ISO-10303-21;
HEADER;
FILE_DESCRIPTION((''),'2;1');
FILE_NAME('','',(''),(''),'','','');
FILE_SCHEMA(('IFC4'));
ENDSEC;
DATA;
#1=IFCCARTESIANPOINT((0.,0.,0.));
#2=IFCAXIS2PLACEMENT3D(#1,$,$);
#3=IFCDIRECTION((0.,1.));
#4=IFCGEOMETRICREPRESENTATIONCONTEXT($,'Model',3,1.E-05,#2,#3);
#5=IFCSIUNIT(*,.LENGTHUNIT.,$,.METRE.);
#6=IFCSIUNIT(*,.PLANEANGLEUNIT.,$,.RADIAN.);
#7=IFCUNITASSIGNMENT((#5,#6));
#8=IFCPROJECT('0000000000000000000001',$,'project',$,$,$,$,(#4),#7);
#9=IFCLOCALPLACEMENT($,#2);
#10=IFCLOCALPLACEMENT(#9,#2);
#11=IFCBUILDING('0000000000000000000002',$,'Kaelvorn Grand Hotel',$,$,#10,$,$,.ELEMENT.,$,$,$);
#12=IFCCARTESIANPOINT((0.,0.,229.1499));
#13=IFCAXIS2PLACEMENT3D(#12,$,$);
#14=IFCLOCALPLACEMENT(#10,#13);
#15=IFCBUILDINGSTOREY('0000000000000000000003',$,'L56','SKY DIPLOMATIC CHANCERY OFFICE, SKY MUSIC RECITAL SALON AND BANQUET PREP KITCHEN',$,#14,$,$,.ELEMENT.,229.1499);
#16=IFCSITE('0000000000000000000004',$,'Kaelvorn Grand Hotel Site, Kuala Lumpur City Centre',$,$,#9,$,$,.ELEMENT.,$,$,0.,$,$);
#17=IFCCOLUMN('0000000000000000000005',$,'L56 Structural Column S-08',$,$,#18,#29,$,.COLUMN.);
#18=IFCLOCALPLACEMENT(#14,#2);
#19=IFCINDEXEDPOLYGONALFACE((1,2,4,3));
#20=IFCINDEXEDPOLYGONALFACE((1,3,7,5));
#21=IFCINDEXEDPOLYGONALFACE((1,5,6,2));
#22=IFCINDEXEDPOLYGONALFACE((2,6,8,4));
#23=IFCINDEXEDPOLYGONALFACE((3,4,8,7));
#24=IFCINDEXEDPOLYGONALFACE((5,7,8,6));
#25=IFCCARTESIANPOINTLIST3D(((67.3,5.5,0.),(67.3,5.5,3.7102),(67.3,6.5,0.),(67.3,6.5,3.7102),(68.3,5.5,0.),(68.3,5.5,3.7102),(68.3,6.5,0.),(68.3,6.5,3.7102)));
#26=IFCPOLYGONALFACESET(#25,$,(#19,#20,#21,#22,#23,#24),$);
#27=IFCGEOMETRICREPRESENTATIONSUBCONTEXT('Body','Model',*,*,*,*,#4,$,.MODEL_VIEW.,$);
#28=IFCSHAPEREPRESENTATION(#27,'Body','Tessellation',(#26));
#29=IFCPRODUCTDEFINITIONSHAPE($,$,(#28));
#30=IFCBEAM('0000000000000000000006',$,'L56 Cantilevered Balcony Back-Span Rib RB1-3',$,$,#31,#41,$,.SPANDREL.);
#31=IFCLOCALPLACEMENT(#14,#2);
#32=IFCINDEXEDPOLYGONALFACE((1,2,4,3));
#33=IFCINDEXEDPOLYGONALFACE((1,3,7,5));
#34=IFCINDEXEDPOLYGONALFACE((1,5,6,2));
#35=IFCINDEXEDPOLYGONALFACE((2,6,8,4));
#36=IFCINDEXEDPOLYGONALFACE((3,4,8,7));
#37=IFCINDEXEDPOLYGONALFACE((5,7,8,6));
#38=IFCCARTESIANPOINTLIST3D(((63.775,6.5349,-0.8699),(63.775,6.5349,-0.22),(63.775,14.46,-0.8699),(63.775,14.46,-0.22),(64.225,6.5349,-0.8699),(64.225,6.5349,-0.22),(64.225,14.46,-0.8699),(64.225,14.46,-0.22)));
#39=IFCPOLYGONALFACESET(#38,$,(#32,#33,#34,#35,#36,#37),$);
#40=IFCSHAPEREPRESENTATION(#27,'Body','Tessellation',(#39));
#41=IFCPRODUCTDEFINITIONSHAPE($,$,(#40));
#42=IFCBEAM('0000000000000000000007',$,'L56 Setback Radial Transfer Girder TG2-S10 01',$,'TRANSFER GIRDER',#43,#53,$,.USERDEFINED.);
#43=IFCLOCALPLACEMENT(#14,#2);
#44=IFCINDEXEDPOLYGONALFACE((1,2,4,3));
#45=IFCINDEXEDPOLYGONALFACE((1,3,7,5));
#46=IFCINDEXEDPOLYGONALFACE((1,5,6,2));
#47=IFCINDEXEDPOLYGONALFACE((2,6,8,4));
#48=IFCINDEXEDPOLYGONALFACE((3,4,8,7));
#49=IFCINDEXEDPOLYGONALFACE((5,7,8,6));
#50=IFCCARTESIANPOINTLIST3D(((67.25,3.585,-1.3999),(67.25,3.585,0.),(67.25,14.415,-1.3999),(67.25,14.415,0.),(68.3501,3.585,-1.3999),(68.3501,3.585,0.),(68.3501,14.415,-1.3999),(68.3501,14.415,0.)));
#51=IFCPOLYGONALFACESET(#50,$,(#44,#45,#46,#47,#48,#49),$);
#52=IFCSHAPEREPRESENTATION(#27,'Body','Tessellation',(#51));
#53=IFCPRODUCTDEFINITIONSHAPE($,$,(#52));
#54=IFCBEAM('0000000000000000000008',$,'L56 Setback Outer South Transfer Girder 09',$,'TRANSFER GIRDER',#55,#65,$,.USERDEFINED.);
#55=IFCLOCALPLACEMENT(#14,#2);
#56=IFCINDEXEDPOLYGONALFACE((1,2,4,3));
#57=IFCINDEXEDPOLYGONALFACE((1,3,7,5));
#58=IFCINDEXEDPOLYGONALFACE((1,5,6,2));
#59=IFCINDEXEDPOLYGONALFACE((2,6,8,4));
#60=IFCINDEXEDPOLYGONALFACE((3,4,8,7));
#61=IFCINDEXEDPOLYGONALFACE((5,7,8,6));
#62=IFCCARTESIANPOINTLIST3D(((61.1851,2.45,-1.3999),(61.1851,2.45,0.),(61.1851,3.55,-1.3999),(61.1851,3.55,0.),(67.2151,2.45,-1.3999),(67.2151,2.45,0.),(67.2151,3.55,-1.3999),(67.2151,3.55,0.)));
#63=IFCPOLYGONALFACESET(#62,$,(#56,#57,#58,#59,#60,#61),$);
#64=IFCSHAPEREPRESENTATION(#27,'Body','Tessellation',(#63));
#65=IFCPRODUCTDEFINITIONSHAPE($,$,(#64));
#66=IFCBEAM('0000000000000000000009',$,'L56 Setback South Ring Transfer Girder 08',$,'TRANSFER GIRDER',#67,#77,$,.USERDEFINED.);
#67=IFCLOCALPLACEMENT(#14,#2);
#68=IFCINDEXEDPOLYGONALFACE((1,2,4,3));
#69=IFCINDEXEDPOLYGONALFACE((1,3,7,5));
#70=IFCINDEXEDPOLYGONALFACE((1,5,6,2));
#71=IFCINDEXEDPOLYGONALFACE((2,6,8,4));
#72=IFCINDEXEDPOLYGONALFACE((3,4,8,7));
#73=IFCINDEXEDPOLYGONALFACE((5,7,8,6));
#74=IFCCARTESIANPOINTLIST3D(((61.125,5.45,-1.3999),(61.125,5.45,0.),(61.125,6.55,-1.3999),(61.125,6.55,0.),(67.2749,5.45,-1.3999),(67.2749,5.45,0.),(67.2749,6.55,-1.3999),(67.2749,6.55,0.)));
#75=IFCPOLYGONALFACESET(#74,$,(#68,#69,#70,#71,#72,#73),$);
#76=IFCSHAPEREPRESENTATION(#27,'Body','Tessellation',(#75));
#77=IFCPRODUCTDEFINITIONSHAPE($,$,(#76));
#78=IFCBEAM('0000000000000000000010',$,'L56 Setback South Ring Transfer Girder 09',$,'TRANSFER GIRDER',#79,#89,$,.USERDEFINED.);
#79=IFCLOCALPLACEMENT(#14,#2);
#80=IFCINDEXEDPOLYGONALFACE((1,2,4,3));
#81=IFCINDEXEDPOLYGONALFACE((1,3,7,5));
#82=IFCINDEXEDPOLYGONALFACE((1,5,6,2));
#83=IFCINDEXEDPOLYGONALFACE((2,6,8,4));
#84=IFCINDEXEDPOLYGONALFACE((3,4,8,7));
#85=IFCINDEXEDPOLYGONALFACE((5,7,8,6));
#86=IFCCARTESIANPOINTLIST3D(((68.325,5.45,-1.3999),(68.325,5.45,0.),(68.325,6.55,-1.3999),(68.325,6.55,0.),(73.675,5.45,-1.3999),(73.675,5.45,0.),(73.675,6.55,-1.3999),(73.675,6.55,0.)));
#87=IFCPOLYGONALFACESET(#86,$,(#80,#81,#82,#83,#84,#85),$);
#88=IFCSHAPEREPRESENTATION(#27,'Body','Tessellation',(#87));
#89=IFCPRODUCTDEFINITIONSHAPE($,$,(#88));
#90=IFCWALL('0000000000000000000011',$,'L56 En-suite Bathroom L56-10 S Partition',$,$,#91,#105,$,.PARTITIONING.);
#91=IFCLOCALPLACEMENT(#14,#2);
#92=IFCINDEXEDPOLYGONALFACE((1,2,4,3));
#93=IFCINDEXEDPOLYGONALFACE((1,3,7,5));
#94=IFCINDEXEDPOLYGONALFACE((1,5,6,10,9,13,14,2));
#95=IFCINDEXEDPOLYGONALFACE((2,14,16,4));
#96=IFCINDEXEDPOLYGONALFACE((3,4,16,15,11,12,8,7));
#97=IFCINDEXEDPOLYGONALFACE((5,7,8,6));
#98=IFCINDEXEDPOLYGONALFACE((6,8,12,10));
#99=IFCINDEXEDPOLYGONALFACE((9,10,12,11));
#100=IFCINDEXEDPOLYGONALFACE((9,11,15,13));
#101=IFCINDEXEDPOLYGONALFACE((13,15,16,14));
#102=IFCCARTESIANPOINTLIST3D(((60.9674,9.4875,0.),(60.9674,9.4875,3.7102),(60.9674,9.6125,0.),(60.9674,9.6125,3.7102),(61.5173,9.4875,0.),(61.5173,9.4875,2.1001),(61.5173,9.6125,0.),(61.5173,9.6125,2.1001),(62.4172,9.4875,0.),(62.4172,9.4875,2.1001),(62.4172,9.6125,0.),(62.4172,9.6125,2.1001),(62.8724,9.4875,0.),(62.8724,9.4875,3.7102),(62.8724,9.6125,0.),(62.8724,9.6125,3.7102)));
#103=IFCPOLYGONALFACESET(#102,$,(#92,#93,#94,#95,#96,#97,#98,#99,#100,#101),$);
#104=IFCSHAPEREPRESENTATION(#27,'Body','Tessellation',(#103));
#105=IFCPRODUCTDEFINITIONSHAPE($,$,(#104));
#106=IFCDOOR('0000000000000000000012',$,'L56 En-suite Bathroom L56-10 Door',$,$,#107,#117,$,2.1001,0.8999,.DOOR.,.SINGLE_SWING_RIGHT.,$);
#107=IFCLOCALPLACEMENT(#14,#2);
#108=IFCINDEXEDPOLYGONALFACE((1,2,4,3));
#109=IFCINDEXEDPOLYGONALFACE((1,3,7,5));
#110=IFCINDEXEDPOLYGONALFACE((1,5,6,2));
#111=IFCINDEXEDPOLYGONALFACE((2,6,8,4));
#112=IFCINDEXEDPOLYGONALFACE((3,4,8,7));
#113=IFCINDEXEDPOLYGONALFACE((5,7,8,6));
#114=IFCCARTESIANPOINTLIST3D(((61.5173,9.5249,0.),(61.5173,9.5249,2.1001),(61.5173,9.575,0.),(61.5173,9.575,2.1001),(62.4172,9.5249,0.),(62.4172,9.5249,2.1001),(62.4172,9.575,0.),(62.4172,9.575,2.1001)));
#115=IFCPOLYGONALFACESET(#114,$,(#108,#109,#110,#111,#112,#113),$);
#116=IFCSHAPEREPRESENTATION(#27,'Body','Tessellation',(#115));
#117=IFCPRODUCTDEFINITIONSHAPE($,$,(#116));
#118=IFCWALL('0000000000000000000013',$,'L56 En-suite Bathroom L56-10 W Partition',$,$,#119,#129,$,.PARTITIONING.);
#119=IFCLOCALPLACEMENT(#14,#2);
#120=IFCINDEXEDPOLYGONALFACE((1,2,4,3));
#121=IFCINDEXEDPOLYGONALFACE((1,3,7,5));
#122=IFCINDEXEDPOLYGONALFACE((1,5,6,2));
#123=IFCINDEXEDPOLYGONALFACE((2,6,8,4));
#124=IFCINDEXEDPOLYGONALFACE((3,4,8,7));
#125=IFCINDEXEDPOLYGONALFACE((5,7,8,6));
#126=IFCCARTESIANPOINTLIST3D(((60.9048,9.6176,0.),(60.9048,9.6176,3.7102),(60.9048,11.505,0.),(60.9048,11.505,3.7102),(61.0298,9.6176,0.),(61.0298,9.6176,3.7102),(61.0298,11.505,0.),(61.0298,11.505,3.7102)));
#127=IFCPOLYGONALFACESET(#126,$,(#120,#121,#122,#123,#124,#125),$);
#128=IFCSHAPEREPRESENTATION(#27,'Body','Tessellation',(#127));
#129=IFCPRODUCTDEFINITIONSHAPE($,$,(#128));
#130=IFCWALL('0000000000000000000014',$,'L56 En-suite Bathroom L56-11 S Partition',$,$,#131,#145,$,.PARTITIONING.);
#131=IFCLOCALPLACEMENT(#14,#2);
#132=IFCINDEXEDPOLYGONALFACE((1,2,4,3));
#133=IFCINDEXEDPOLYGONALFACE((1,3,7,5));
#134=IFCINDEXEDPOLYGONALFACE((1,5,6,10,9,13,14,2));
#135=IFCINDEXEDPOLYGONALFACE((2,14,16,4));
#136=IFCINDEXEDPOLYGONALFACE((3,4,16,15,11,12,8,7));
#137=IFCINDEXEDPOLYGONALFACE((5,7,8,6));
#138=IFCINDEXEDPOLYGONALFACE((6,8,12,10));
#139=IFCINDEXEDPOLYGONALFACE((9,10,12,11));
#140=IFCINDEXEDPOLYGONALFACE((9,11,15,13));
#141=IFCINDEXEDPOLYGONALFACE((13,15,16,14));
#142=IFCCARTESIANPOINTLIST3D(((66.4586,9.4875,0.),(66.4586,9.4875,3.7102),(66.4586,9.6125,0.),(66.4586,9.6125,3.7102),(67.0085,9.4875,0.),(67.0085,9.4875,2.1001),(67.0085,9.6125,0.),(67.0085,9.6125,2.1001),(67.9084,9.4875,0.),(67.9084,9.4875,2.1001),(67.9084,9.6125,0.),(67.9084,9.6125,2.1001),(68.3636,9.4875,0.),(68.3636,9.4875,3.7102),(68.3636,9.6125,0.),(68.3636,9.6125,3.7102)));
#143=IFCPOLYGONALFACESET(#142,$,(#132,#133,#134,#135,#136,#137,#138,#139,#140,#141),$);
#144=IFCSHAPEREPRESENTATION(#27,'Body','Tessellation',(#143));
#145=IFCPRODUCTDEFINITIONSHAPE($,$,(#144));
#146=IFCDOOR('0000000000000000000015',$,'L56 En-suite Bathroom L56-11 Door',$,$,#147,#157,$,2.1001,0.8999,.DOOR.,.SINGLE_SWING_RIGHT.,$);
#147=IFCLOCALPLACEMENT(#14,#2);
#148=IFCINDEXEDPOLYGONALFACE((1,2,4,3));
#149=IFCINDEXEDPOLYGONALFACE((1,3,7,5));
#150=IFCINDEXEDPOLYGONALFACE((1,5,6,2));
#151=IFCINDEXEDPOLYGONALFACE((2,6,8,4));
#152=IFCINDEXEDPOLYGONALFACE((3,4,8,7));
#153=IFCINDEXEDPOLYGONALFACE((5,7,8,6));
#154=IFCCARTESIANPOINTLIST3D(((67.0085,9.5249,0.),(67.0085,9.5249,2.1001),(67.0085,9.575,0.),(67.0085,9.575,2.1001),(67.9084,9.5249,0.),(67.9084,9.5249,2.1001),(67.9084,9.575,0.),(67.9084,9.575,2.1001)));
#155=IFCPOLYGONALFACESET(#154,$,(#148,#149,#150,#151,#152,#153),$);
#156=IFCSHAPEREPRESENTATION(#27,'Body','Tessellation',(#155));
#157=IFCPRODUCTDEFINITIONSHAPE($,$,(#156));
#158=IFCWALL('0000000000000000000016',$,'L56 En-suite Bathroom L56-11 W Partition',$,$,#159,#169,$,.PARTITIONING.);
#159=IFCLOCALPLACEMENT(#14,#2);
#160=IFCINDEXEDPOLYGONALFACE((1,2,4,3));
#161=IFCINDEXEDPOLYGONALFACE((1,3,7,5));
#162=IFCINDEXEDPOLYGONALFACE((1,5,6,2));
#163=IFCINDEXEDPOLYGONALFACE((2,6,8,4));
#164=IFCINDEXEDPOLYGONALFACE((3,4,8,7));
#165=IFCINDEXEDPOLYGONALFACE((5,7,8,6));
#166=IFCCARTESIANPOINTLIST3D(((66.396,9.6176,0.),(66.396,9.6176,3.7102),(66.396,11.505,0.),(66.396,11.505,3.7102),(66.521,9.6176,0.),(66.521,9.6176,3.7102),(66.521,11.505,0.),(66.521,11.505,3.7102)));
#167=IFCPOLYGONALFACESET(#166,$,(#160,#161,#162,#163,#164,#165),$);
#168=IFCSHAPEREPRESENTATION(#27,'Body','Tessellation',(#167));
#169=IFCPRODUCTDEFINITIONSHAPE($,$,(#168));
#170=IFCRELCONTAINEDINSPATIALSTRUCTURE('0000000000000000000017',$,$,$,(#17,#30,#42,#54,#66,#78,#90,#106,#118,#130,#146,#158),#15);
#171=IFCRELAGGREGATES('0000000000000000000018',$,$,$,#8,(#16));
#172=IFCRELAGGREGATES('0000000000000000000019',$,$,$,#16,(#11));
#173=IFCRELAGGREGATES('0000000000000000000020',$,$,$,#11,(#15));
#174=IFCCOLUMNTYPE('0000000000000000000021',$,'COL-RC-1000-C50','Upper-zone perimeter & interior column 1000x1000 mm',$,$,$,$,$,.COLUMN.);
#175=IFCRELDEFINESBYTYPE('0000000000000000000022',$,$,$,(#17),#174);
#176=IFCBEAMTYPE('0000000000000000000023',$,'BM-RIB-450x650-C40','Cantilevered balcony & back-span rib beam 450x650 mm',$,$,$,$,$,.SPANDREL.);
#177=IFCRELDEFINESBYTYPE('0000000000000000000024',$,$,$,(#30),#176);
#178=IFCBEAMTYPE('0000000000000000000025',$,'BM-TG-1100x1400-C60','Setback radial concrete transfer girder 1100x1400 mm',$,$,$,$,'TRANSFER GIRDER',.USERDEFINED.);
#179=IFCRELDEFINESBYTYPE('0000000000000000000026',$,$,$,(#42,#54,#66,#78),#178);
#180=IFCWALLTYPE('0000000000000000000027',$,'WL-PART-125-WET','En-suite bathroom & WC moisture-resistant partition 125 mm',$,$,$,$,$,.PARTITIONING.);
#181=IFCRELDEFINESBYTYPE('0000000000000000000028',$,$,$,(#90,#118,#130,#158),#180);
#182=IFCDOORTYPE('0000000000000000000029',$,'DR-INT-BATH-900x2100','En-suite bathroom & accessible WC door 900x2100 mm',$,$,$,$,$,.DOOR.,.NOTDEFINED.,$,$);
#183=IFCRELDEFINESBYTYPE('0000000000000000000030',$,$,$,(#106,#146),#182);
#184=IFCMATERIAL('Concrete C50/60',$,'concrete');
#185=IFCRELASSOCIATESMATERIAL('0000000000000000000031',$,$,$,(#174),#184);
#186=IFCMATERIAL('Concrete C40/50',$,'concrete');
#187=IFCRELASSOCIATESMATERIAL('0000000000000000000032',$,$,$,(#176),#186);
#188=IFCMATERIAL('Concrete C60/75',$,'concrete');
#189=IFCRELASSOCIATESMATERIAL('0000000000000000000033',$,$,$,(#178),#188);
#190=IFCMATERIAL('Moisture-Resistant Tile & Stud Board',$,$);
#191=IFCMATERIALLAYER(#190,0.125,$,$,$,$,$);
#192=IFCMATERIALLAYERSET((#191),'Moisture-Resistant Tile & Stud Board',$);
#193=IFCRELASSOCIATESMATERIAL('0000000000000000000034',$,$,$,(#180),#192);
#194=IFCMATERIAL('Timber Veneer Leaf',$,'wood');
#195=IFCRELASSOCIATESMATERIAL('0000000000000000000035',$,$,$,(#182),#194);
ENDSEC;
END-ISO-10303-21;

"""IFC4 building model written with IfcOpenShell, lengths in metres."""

from ifc_helpers import new_model, si_unit, direction, frame, frame_2d, origin, origin_2d, place, context, subcontext, project, spatial, rectangle, extrude, material, layer, layer_set, material_profile, profile_set, type_object, element, fill, save


model = new_model("IFC4")

# Units and contexts
model_context = context("Model", 3, precision=1e-05, world=origin(), true_north=direction((0.0, 1.0)))
body_context = subcontext(model_context, "Body", "Model", "MODEL_VIEW")
ifc_project = project(units=[si_unit("LENGTHUNIT", "METRE"), si_unit("PLANEANGLEUNIT", "RADIAN")], contexts=[model_context])

# Site, building, storey
site_placement = place(None, origin())
site = spatial("IfcSite", under=ifc_project, at=site_placement, Name="Kaelvorn Grand Hotel Site, Kuala Lumpur City Centre", CompositionType="ELEMENT", RefElevation=0.0)
building_placement = place(site_placement, origin())
building = spatial("IfcBuilding", under=site, at=building_placement, Name="Kaelvorn Grand Hotel", CompositionType="ELEMENT")
storey_placement = place(building_placement, frame((0.0, 0.0, 229.1499)))
storey = spatial("IfcBuildingStorey", under=building, at=storey_placement, Name="L56", Description="SKY DIPLOMATIC CHANCERY OFFICE, SKY MUSIC RECITAL SALON AND BANQUET PREP KITCHEN", CompositionType="ELEMENT", Elevation=229.1499)

# Column
ifc_material_1 = material(Name="Concrete C50/60", Category="concrete")
ifc_material_profile_1 = material_profile(ifc_material_1, rectangle(XDim=1.0, YDim=1.0, at=origin_2d()), Name="RC COL 1000x1000")
ifc_profile_set_1 = profile_set([ifc_material_profile_1], Name="Concrete C50/60")
column_type = type_object("IfcColumnType", Name="COL-RC-1000-C50", Description="Upper-zone perimeter & interior column 1000x1000 mm", PredefinedType="COLUMN", material=ifc_profile_set_1)
column_placement = place(storey_placement, frame((67.8, 6.0, 0.0), z_axis=(0.0, 0.0, 1.0), x_axis=(1.0, 0.0, 0.0)))
element("IfcColumn", 1, at=column_placement, inside=storey, type_object=column_type, Name="L56 Structural Column S-08", PredefinedType="COLUMN", context=body_context, shape_type="SweptSolid", body=[
    extrude(rectangle(XDim=1.0, YDim=1.0, at=origin_2d()), origin(), (0.0, 0.0, 1.0), 3.7102),
])

# Beams
ifc_material_2 = material(Name="Concrete C40/50", Category="concrete")
ifc_material_profile_2 = material_profile(ifc_material_2, rectangle(XDim=0.45, YDim=0.6499, at=origin_2d()), Name="RC RIB 450x650")
ifc_profile_set_2 = profile_set([ifc_material_profile_2], Name="Concrete C40/50")
beam_type_1 = type_object("IfcBeamType", Name="BM-RIB-450x650-C40", Description="Cantilevered balcony & back-span rib beam 450x650 mm", PredefinedType="SPANDREL", material=ifc_profile_set_2)
beam_1_placement = place(storey_placement, frame((64.0, 6.5349, -0.5449), z_axis=(0.0, 1.0, 0.0), x_axis=(-1.0, 0.0, 0.0)))
element("IfcBeam", 2, at=beam_1_placement, inside=storey, type_object=beam_type_1, Name="L56 Cantilevered Balcony Back-Span Rib RB1-3", PredefinedType="SPANDREL", context=body_context, shape_type="SweptSolid", body=[
    extrude(rectangle(XDim=0.45, YDim=0.6499, at=origin_2d()), origin(), (0.0, 0.0, 1.0), 7.925),
])
ifc_material_3 = material(Name="Concrete C60/75", Category="concrete")
ifc_material_profile_3 = material_profile(ifc_material_3, rectangle(XDim=1.1001, YDim=1.3999, at=origin_2d()), Name="RC TG 1100x1400")
ifc_profile_set_3 = profile_set([ifc_material_profile_3], Name="Concrete C60/75")
beam_type_2 = type_object("IfcBeamType", Name="BM-TG-1100x1400-C60", Description="Setback radial concrete transfer girder 1100x1400 mm", ElementType="TRANSFER GIRDER", PredefinedType="USERDEFINED", material=ifc_profile_set_3)
beam_2_placement = place(storey_placement, frame((67.8, 3.585, -0.7), z_axis=(0.0, 1.0, 0.0), x_axis=(-1.0, 0.0, 0.0)))
element("IfcBeam", 3, at=beam_2_placement, inside=storey, type_object=beam_type_2, Name="L56 Setback Radial Transfer Girder TG2-S10 01", ObjectType="TRANSFER GIRDER", PredefinedType="USERDEFINED", context=body_context, shape_type="SweptSolid", body=[
    extrude(rectangle(XDim=1.1001, YDim=1.3999, at=origin_2d()), origin(), (0.0, 0.0, 1.0), 10.8301),
])
beam_3_placement = place(storey_placement, frame((61.1851, 3.0, -0.7), z_axis=(1.0, 0.0, 0.0), x_axis=(0.0, 1.0, 0.0)))
element("IfcBeam", 4, at=beam_3_placement, inside=storey, type_object=beam_type_2, Name="L56 Setback Outer South Transfer Girder 09", ObjectType="TRANSFER GIRDER", PredefinedType="USERDEFINED", context=body_context, shape_type="SweptSolid", body=[
    extrude(rectangle(XDim=1.1001, YDim=1.3999, at=origin_2d()), origin(), (0.0, 0.0, 1.0), 6.03),
])
beam_4_placement = place(storey_placement, frame((61.125, 6.0, -0.7), z_axis=(1.0, 0.0, 0.0), x_axis=(0.0, 1.0, 0.0)))
element("IfcBeam", 5, at=beam_4_placement, inside=storey, type_object=beam_type_2, Name="L56 Setback South Ring Transfer Girder 08", ObjectType="TRANSFER GIRDER", PredefinedType="USERDEFINED", context=body_context, shape_type="SweptSolid", body=[
    extrude(rectangle(XDim=1.1001, YDim=1.3999, at=origin_2d()), origin(), (0.0, 0.0, 1.0), 6.1499),
])
beam_5_placement = place(storey_placement, frame((68.325, 6.0, -0.7), z_axis=(1.0, 0.0, 0.0), x_axis=(0.0, 1.0, 0.0)))
element("IfcBeam", 6, at=beam_5_placement, inside=storey, type_object=beam_type_2, Name="L56 Setback South Ring Transfer Girder 09", ObjectType="TRANSFER GIRDER", PredefinedType="USERDEFINED", context=body_context, shape_type="SweptSolid", body=[
    extrude(rectangle(XDim=1.1001, YDim=1.3999, at=origin_2d()), origin(), (0.0, 0.0, 1.0), 5.3501),
])

# Wall, opening, door
ifc_material_4 = material(Name="Moisture-Resistant Tile & Stud Board")
ifc_layer_1 = layer(ifc_material_4, 0.125)
ifc_layer_set_1 = layer_set([ifc_layer_1], Name="Moisture-Resistant Tile & Stud Board")
wall_type_1 = type_object("IfcWallType", Name="WL-PART-125-WET", Description="En-suite bathroom & WC moisture-resistant partition 125 mm", PredefinedType="PARTITIONING", material=ifc_layer_set_1)
wall_1_placement = place(storey_placement, frame((60.9673, 9.55, 0.0), z_axis=(0.0, 0.0, 1.0), x_axis=(1.0, 0.0, 0.0)))
wall_1 = element("IfcWall", 7, at=wall_1_placement, inside=storey, type_object=wall_type_1, Name="L56 En-suite Bathroom L56-10 S Partition", PredefinedType="PARTITIONING", context=body_context, shape_type="SweptSolid", body=[
    extrude(rectangle(XDim=1.905, YDim=0.125, at=frame_2d((0.9526, 0.0))), origin(), (0.0, 0.0, 1.0), 3.7102),
])
opening_1_placement = place(wall_1_placement, frame((0.55, 0.0, 0.0)))
opening_1 = element("IfcOpeningElement", 8, at=opening_1_placement, cuts=wall_1, PredefinedType="OPENING", context=body_context, shape_type="SweptSolid", body=[
    extrude(rectangle(XDim=0.8999, YDim=2.1001, at=frame_2d((0.45, 1.05))), frame((0.0, 0.0725, 0.0), z_axis=(0.0, -1.0, 0.0), x_axis=(1.0, 0.0, 0.0)), (0.0, 0.0, 1.0), 0.145),
])
ifc_material_5 = material(Name="Timber Veneer Leaf", Category="wood")
door_type = type_object("IfcDoorType", Name="DR-INT-BATH-900x2100", Description="En-suite bathroom & accessible WC door 900x2100 mm", OperationType="NOTDEFINED", PredefinedType="DOOR", material=ifc_material_5)
door_1_placement = place(opening_1_placement, origin())
door_1 = element("IfcDoor", 9, at=door_1_placement, inside=storey, type_object=door_type, Name="L56 En-suite Bathroom L56-10 Door", OperationType="SINGLE_SWING_RIGHT", OverallHeight=2.1001, OverallWidth=0.8999, PredefinedType="DOOR", context=body_context, shape_type="SweptSolid", body=[
    extrude(rectangle(XDim=0.8999, YDim=2.1001, at=frame_2d((0.45, 1.05))), frame((0.0, 0.0249, 0.0), z_axis=(0.0, -1.0, 0.0), x_axis=(1.0, 0.0, 0.0)), (0.0, 0.0, 1.0), 0.05),
])
fill(opening_1, door_1)

# Wall
wall_2_placement = place(storey_placement, frame((60.9673, 9.6174, 0.0), z_axis=(0.0, 0.0, 1.0), x_axis=(0.0, 1.0, 0.0)))
element("IfcWall", 10, at=wall_2_placement, inside=storey, type_object=wall_type_1, Name="L56 En-suite Bathroom L56-10 W Partition", PredefinedType="PARTITIONING", context=body_context, shape_type="SweptSolid", body=[
    extrude(rectangle(XDim=1.8875, YDim=0.125, at=frame_2d((0.9438, 0.0))), origin(), (0.0, 0.0, 1.0), 3.7102),
])

# Wall, opening, door
wall_3_placement = place(storey_placement, frame((66.4585, 9.55, 0.0), z_axis=(0.0, 0.0, 1.0), x_axis=(1.0, 0.0, 0.0)))
wall_3 = element("IfcWall", 11, at=wall_3_placement, inside=storey, type_object=wall_type_1, Name="L56 En-suite Bathroom L56-11 S Partition", PredefinedType="PARTITIONING", context=body_context, shape_type="SweptSolid", body=[
    extrude(rectangle(XDim=1.905, YDim=0.125, at=frame_2d((0.9526, 0.0))), origin(), (0.0, 0.0, 1.0), 3.7102),
])
opening_2_placement = place(wall_3_placement, frame((0.55, 0.0, 0.0)))
opening_2 = element("IfcOpeningElement", 12, at=opening_2_placement, cuts=wall_3, PredefinedType="OPENING", context=body_context, shape_type="SweptSolid", body=[
    extrude(rectangle(XDim=0.8999, YDim=2.1001, at=frame_2d((0.45, 1.05))), frame((0.0, 0.0725, 0.0), z_axis=(0.0, -1.0, 0.0), x_axis=(1.0, 0.0, 0.0)), (0.0, 0.0, 1.0), 0.145),
])
door_2_placement = place(opening_2_placement, origin())
door_2 = element("IfcDoor", 13, at=door_2_placement, inside=storey, type_object=door_type, Name="L56 En-suite Bathroom L56-11 Door", OperationType="SINGLE_SWING_RIGHT", OverallHeight=2.1001, OverallWidth=0.8999, PredefinedType="DOOR", context=body_context, shape_type="SweptSolid", body=[
    extrude(rectangle(XDim=0.8999, YDim=2.1001, at=frame_2d((0.45, 1.05))), frame((0.0, 0.0249, 0.0), z_axis=(0.0, -1.0, 0.0), x_axis=(1.0, 0.0, 0.0)), (0.0, 0.0, 1.0), 0.05),
])
fill(opening_2, door_2)

# Wall
wall_4_placement = place(storey_placement, frame((66.4585, 9.6174, 0.0), z_axis=(0.0, 0.0, 1.0), x_axis=(0.0, 1.0, 0.0)))
element("IfcWall", 14, at=wall_4_placement, inside=storey, type_object=wall_type_1, Name="L56 En-suite Bathroom L56-11 W Partition", PredefinedType="PARTITIONING", context=body_context, shape_type="SweptSolid", body=[
    extrude(rectangle(XDim=1.8875, YDim=0.125, at=frame_2d((0.9438, 0.0))), origin(), (0.0, 0.0, 1.0), 3.7102),
])

save(model, "model.ifc")
